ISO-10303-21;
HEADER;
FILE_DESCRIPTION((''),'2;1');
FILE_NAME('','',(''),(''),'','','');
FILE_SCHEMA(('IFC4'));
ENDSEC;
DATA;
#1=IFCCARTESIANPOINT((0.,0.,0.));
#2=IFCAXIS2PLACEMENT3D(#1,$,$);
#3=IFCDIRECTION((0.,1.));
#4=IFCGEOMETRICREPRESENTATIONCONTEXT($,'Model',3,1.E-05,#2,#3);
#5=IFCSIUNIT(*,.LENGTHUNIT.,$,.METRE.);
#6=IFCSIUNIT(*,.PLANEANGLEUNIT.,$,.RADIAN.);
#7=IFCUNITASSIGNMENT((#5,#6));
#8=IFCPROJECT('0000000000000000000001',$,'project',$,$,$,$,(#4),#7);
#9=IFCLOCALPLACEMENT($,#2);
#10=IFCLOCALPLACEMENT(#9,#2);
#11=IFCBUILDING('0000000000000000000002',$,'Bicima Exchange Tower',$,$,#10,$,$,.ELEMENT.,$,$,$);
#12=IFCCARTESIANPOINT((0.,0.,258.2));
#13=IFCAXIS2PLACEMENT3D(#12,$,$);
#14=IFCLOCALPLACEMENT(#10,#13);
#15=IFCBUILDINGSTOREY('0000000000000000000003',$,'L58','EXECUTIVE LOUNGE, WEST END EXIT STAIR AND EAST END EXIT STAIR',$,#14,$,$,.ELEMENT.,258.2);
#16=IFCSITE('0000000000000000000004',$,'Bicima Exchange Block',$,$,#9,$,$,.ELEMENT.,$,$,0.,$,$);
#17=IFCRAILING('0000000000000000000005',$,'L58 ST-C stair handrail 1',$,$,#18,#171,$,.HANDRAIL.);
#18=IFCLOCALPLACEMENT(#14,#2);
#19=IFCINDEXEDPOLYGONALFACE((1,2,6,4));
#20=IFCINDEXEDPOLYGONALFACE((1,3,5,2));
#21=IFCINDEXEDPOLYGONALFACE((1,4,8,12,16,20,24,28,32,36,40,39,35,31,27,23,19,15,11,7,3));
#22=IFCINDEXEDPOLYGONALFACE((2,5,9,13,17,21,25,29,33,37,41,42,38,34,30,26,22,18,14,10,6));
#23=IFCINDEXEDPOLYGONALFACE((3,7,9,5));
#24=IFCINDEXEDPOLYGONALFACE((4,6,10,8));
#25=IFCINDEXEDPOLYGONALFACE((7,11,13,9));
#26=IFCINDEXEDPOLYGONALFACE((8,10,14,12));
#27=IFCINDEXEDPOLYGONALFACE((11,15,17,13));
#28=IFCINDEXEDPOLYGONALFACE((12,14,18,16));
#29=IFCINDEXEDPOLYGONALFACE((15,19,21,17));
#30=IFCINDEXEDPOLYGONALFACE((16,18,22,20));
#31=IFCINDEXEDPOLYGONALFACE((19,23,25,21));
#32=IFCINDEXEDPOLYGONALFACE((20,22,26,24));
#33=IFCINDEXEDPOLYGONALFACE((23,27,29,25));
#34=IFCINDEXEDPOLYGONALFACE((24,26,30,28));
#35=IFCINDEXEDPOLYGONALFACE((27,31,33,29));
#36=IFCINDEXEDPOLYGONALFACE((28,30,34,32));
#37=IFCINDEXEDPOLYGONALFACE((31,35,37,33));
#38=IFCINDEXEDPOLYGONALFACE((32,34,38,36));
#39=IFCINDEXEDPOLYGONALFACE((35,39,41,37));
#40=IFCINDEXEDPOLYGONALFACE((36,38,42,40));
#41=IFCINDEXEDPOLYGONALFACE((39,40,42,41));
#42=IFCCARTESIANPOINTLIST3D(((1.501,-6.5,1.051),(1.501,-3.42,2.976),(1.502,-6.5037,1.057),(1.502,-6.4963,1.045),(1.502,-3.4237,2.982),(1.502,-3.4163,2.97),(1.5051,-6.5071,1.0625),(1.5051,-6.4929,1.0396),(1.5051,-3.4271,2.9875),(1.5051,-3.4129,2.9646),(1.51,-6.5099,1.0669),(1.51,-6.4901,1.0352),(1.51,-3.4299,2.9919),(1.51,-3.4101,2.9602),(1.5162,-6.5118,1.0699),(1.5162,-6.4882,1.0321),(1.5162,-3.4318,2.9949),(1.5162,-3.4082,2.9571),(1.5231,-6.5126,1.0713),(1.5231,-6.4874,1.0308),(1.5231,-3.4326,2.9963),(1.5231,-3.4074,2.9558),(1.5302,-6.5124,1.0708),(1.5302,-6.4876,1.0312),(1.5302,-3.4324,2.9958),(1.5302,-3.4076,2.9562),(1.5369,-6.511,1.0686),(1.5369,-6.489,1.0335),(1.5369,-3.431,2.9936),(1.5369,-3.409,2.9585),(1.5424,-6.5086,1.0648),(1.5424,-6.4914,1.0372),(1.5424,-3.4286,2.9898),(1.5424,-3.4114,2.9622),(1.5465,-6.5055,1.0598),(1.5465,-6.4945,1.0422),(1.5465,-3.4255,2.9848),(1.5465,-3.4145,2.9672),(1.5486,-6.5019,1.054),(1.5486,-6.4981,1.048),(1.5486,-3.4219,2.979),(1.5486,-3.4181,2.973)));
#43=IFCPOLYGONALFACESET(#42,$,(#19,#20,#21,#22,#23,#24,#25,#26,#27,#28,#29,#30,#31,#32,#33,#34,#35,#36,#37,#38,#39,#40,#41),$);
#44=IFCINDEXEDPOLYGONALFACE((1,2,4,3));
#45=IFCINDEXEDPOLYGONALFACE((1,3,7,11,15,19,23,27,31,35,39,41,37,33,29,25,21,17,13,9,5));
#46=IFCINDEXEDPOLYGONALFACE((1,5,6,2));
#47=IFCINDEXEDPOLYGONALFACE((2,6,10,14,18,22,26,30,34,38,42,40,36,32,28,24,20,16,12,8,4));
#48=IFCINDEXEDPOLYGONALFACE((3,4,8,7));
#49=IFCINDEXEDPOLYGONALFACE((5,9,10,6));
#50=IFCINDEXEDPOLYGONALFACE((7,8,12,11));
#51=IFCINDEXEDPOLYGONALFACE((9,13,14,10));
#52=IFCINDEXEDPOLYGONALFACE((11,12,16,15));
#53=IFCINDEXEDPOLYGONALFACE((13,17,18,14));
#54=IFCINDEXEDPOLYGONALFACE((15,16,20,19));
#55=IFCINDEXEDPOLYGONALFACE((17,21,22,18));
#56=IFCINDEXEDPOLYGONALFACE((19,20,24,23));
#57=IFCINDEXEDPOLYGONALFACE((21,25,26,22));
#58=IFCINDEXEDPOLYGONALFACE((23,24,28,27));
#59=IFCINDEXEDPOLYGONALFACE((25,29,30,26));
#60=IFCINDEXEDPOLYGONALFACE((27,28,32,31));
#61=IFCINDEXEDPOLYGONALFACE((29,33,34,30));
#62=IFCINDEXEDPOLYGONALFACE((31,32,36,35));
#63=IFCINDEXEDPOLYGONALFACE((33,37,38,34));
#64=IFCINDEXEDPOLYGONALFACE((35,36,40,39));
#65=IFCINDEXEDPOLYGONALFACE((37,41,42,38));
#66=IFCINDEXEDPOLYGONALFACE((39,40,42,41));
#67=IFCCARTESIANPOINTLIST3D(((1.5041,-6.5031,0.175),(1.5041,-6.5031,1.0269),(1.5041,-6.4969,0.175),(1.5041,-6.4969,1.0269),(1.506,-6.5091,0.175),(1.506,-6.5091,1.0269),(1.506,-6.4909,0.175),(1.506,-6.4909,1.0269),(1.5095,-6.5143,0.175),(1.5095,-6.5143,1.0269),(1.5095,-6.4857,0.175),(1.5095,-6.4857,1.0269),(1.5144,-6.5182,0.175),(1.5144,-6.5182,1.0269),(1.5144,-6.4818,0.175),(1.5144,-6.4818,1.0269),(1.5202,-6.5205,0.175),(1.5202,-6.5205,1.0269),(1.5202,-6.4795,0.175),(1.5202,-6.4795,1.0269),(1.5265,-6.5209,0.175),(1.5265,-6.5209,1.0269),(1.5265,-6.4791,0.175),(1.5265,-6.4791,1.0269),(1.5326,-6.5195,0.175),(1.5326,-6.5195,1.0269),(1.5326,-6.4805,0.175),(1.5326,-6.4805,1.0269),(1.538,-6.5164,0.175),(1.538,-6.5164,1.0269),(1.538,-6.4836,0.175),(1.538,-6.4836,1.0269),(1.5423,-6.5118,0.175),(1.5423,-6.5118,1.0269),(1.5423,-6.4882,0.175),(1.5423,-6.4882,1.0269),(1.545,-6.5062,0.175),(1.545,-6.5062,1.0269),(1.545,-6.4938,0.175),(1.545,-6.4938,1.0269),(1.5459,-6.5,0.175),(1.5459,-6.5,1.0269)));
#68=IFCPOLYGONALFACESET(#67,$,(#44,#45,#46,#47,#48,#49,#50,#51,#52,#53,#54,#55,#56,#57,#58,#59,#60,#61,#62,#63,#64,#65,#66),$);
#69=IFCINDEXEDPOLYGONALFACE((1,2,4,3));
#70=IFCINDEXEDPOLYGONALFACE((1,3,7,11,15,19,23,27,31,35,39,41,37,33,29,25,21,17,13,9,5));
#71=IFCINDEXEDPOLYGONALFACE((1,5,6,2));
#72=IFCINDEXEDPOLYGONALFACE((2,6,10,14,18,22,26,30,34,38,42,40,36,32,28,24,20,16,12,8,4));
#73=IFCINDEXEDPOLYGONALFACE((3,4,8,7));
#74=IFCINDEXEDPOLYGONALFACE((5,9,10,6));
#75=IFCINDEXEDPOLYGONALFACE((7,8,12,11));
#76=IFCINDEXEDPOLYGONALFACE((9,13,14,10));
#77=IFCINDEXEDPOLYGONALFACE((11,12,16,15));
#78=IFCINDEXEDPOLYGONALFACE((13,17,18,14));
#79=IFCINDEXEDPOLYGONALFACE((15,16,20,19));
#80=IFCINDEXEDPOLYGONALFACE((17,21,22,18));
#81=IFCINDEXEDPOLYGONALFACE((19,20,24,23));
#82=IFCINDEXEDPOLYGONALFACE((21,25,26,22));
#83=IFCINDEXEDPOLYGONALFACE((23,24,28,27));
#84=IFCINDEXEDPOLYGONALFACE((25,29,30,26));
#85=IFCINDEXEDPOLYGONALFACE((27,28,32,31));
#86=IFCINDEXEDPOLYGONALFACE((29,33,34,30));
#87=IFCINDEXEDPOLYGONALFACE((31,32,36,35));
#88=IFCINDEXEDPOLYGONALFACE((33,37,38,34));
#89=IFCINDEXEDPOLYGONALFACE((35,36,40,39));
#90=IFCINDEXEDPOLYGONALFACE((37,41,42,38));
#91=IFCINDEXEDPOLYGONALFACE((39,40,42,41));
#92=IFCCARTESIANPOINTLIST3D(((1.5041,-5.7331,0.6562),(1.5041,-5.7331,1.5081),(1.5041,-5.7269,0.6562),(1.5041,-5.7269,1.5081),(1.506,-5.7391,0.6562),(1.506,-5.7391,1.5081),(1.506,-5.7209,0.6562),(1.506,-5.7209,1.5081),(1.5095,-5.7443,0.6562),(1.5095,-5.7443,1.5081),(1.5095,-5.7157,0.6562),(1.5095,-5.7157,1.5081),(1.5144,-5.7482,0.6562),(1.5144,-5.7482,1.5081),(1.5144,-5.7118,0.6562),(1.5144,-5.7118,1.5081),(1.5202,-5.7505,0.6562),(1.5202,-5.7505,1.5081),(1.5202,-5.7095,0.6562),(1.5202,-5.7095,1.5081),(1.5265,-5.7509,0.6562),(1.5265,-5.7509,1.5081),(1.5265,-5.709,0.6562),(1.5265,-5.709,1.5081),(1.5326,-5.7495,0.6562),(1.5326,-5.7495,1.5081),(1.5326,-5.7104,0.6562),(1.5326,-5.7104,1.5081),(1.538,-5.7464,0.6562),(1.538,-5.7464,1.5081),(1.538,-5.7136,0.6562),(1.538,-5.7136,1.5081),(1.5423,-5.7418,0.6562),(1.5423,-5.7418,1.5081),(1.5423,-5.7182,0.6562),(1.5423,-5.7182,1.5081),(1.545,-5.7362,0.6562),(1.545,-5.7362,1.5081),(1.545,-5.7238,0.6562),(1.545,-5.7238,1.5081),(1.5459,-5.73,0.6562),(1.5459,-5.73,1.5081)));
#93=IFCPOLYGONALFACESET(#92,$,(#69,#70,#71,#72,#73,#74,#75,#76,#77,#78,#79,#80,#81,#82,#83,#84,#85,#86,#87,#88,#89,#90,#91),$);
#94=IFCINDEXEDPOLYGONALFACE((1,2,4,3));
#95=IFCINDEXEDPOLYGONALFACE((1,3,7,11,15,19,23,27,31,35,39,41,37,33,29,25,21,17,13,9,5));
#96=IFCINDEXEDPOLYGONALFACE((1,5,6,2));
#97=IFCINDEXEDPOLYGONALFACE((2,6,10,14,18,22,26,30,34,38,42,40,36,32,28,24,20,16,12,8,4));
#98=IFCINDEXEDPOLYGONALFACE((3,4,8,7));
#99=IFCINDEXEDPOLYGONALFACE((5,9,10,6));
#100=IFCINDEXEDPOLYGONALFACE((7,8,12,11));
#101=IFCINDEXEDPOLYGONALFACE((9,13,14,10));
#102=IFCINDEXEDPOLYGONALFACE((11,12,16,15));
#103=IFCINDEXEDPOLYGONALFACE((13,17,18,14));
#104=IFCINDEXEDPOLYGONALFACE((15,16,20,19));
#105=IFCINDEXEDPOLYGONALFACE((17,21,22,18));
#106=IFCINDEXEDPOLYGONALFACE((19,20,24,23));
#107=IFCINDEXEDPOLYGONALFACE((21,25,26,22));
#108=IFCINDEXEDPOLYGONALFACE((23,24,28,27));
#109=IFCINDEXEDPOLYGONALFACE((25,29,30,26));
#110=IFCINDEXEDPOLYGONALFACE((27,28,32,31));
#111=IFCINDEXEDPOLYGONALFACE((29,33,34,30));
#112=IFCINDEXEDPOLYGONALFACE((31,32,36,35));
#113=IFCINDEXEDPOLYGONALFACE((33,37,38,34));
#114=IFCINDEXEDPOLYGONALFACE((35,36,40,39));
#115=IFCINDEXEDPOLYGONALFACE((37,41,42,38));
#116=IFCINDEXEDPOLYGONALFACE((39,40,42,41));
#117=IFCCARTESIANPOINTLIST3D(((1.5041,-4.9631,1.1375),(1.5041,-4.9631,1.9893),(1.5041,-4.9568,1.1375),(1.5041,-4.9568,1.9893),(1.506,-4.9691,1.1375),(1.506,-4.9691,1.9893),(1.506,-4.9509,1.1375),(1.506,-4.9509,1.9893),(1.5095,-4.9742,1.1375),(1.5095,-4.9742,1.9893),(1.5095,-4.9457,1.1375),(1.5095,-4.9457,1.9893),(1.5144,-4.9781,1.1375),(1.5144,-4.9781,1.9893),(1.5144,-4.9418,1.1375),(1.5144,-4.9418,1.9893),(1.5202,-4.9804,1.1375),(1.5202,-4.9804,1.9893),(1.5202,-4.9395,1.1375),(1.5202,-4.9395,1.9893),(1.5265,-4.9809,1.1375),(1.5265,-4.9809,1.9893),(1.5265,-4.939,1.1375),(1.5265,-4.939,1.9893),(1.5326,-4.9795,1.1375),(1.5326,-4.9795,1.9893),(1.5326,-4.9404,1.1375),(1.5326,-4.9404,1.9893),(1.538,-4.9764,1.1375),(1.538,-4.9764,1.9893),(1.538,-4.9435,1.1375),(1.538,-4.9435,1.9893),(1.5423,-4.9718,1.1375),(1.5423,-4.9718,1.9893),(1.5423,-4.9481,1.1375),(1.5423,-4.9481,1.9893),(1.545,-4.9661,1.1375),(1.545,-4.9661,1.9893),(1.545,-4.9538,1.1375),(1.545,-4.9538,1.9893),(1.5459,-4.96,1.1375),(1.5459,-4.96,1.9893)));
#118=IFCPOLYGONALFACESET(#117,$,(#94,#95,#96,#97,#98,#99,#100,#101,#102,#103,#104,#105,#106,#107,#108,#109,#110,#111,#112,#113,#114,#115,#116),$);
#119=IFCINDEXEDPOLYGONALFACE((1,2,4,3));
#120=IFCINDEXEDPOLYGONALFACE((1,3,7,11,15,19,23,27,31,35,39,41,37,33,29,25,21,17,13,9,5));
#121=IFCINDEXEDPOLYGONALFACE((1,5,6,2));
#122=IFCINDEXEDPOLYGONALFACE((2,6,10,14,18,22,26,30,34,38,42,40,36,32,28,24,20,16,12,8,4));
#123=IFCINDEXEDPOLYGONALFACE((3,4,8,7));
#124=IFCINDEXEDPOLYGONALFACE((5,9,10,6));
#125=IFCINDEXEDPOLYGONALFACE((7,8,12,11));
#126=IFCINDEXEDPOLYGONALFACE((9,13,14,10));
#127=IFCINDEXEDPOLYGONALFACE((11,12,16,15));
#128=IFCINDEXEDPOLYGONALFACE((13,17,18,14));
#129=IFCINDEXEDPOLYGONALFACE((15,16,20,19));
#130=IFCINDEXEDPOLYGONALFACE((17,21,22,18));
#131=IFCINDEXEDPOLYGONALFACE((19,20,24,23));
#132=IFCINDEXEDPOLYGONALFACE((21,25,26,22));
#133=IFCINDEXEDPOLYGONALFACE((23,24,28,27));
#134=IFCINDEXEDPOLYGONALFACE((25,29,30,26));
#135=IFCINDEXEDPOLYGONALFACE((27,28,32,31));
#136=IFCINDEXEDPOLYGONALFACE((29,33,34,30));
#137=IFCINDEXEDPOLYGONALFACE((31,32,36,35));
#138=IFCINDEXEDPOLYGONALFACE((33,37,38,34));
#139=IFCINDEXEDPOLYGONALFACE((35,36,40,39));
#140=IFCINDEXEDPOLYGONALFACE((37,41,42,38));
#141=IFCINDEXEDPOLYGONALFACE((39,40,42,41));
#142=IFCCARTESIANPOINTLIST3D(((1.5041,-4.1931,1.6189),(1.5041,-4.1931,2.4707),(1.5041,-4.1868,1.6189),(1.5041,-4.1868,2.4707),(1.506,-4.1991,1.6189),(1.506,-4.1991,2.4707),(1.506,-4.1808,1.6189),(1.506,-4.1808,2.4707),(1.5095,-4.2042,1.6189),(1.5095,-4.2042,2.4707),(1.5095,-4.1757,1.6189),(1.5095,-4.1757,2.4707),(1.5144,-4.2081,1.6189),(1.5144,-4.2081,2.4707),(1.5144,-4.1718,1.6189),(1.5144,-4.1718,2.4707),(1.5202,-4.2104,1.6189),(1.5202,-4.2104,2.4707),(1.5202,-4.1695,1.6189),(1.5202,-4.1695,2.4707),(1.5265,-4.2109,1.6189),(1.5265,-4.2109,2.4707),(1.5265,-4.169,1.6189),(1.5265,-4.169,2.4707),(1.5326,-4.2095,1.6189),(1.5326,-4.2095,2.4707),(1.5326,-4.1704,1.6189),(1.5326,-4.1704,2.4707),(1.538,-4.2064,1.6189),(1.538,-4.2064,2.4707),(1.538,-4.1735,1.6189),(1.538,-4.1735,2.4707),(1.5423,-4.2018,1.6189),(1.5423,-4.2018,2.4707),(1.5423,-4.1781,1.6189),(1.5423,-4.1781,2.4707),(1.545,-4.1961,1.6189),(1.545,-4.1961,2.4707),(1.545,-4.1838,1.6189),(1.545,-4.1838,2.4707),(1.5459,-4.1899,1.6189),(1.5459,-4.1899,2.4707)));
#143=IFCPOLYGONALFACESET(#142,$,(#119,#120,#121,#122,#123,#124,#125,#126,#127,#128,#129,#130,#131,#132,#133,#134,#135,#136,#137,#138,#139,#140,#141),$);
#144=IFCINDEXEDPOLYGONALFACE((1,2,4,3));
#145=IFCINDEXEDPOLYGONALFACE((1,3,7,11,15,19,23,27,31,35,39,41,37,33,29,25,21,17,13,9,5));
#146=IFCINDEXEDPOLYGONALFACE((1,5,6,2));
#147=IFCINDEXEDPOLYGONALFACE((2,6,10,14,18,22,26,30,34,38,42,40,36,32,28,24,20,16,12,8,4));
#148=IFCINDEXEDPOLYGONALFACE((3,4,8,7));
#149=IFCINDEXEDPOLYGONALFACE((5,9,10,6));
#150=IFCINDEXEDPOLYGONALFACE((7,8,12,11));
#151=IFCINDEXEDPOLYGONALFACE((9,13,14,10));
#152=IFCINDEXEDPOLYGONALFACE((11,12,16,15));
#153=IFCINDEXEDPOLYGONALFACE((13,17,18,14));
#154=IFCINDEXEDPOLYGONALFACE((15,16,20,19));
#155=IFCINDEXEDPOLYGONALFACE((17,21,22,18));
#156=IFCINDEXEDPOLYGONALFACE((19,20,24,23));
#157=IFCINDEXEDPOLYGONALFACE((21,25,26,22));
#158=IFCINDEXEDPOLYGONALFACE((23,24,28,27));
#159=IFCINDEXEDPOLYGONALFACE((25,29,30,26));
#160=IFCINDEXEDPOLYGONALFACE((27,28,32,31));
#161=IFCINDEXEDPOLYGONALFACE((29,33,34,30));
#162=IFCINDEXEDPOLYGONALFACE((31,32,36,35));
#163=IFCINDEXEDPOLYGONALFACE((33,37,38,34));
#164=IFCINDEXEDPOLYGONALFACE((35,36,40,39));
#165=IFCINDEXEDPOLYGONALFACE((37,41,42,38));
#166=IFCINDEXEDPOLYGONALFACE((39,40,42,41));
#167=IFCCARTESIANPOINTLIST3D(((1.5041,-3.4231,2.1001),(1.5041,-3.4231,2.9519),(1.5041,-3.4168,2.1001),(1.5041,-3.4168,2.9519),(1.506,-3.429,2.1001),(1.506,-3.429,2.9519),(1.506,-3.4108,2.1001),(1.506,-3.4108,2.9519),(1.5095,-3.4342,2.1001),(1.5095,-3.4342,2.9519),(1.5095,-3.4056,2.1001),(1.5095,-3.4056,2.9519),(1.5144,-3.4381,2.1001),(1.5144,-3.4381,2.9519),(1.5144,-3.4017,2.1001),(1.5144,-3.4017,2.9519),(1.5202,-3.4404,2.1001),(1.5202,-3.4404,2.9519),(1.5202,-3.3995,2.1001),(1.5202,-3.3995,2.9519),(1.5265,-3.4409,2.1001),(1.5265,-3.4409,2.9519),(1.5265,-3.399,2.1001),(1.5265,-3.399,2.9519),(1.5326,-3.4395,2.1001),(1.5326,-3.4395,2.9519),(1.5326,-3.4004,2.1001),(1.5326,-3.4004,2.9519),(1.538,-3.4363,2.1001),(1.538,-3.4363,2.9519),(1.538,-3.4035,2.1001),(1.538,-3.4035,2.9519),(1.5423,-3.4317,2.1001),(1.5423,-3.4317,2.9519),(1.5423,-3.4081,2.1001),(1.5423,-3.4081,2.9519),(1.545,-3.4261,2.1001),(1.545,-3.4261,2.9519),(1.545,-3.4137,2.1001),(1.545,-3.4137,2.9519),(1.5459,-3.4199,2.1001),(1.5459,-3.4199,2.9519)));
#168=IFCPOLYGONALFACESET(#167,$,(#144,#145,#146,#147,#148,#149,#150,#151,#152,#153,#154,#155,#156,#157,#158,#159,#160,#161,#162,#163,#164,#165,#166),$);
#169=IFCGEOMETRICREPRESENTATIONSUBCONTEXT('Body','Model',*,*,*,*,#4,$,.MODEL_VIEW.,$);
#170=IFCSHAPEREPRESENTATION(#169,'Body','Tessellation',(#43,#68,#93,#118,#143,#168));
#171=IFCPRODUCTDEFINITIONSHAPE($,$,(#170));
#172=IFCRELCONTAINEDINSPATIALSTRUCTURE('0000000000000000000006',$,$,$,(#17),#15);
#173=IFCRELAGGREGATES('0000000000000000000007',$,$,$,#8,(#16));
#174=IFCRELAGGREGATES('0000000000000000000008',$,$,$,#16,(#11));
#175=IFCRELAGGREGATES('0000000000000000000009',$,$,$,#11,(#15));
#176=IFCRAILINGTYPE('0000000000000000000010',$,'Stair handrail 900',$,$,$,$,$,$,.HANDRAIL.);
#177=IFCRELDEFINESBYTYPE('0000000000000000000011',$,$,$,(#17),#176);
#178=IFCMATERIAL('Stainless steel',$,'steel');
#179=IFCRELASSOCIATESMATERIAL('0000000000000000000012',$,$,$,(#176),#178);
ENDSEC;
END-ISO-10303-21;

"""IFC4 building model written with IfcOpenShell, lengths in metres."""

from ifc_helpers import new_model, si_unit, direction, frame, origin, origin_2d, place, context, subcontext, project, spatial, circle, extrude, material, type_object, element, save


model = new_model("IFC4")

# Units and contexts
model_context = context("Model", 3, precision=1e-05, world=origin(), true_north=direction((0.0, 1.0)))
body_context = subcontext(model_context, "Body", "Model", "MODEL_VIEW")
ifc_project = project(units=[si_unit("LENGTHUNIT", "METRE"), si_unit("PLANEANGLEUNIT", "RADIAN")], contexts=[model_context])

# Site, building, storey
site_placement = place(None, origin())
site = spatial("IfcSite", under=ifc_project, at=site_placement, Name="Bicima Exchange Block", CompositionType="ELEMENT", RefElevation=0.0)
building_placement = place(site_placement, origin())
building = spatial("IfcBuilding", under=site, at=building_placement, Name="Bicima Exchange Tower", CompositionType="ELEMENT")
storey_placement = place(building_placement, frame((0.0, 0.0, 258.2)))
storey = spatial("IfcBuildingStorey", under=building, at=storey_placement, Name="L58", Description="EXECUTIVE LOUNGE, WEST END EXIT STAIR AND EAST END EXIT STAIR", CompositionType="ELEMENT", Elevation=258.2)

# Shared definitions
ifc_material_1 = material(Name="Stainless steel", Category="steel")

# Railing
railing_type_1 = type_object("IfcRailingType", Name="Stair handrail 900", PredefinedType="HANDRAIL", material=ifc_material_1)
railing_1_placement = place(storey_placement, frame((1.5249, -6.5, 0.175)))
element("IfcRailing", 1, at=railing_1_placement, inside=storey, type_object=railing_type_1, Name="L58 ST-C stair handrail 1", PredefinedType="HANDRAIL", context=body_context, shape_type="SweptSolid", body=[
    extrude(circle(Radius=0.0239, at=origin_2d()), frame((0.0, 0.0, 0.876), z_axis=(0.0, 0.847998, 0.529999), x_axis=(-1.0, 0.0, 0.0)), (0.0, 0.0, 1.0), 3.6321),
    extrude(circle(Radius=0.021, at=origin_2d()), origin(), (0.0, 0.0, 1.0), 0.8518),
    extrude(circle(Radius=0.021, at=origin_2d()), frame((0.0, 0.77, 0.4812)), (0.0, 0.0, 1.0), 0.8518),
    extrude(circle(Radius=0.021, at=origin_2d()), frame((0.0, 1.54, 0.9624)), (0.0, 0.0, 1.0), 0.8518),
    extrude(circle(Radius=0.021, at=origin_2d()), frame((0.0, 2.3101, 1.4438)), (0.0, 0.0, 1.0), 0.8518),
    extrude(circle(Radius=0.021, at=origin_2d()), frame((0.0, 3.0801, 1.925)), (0.0, 0.0, 1.0), 0.8518),
])

save(model, "model.ifc")
